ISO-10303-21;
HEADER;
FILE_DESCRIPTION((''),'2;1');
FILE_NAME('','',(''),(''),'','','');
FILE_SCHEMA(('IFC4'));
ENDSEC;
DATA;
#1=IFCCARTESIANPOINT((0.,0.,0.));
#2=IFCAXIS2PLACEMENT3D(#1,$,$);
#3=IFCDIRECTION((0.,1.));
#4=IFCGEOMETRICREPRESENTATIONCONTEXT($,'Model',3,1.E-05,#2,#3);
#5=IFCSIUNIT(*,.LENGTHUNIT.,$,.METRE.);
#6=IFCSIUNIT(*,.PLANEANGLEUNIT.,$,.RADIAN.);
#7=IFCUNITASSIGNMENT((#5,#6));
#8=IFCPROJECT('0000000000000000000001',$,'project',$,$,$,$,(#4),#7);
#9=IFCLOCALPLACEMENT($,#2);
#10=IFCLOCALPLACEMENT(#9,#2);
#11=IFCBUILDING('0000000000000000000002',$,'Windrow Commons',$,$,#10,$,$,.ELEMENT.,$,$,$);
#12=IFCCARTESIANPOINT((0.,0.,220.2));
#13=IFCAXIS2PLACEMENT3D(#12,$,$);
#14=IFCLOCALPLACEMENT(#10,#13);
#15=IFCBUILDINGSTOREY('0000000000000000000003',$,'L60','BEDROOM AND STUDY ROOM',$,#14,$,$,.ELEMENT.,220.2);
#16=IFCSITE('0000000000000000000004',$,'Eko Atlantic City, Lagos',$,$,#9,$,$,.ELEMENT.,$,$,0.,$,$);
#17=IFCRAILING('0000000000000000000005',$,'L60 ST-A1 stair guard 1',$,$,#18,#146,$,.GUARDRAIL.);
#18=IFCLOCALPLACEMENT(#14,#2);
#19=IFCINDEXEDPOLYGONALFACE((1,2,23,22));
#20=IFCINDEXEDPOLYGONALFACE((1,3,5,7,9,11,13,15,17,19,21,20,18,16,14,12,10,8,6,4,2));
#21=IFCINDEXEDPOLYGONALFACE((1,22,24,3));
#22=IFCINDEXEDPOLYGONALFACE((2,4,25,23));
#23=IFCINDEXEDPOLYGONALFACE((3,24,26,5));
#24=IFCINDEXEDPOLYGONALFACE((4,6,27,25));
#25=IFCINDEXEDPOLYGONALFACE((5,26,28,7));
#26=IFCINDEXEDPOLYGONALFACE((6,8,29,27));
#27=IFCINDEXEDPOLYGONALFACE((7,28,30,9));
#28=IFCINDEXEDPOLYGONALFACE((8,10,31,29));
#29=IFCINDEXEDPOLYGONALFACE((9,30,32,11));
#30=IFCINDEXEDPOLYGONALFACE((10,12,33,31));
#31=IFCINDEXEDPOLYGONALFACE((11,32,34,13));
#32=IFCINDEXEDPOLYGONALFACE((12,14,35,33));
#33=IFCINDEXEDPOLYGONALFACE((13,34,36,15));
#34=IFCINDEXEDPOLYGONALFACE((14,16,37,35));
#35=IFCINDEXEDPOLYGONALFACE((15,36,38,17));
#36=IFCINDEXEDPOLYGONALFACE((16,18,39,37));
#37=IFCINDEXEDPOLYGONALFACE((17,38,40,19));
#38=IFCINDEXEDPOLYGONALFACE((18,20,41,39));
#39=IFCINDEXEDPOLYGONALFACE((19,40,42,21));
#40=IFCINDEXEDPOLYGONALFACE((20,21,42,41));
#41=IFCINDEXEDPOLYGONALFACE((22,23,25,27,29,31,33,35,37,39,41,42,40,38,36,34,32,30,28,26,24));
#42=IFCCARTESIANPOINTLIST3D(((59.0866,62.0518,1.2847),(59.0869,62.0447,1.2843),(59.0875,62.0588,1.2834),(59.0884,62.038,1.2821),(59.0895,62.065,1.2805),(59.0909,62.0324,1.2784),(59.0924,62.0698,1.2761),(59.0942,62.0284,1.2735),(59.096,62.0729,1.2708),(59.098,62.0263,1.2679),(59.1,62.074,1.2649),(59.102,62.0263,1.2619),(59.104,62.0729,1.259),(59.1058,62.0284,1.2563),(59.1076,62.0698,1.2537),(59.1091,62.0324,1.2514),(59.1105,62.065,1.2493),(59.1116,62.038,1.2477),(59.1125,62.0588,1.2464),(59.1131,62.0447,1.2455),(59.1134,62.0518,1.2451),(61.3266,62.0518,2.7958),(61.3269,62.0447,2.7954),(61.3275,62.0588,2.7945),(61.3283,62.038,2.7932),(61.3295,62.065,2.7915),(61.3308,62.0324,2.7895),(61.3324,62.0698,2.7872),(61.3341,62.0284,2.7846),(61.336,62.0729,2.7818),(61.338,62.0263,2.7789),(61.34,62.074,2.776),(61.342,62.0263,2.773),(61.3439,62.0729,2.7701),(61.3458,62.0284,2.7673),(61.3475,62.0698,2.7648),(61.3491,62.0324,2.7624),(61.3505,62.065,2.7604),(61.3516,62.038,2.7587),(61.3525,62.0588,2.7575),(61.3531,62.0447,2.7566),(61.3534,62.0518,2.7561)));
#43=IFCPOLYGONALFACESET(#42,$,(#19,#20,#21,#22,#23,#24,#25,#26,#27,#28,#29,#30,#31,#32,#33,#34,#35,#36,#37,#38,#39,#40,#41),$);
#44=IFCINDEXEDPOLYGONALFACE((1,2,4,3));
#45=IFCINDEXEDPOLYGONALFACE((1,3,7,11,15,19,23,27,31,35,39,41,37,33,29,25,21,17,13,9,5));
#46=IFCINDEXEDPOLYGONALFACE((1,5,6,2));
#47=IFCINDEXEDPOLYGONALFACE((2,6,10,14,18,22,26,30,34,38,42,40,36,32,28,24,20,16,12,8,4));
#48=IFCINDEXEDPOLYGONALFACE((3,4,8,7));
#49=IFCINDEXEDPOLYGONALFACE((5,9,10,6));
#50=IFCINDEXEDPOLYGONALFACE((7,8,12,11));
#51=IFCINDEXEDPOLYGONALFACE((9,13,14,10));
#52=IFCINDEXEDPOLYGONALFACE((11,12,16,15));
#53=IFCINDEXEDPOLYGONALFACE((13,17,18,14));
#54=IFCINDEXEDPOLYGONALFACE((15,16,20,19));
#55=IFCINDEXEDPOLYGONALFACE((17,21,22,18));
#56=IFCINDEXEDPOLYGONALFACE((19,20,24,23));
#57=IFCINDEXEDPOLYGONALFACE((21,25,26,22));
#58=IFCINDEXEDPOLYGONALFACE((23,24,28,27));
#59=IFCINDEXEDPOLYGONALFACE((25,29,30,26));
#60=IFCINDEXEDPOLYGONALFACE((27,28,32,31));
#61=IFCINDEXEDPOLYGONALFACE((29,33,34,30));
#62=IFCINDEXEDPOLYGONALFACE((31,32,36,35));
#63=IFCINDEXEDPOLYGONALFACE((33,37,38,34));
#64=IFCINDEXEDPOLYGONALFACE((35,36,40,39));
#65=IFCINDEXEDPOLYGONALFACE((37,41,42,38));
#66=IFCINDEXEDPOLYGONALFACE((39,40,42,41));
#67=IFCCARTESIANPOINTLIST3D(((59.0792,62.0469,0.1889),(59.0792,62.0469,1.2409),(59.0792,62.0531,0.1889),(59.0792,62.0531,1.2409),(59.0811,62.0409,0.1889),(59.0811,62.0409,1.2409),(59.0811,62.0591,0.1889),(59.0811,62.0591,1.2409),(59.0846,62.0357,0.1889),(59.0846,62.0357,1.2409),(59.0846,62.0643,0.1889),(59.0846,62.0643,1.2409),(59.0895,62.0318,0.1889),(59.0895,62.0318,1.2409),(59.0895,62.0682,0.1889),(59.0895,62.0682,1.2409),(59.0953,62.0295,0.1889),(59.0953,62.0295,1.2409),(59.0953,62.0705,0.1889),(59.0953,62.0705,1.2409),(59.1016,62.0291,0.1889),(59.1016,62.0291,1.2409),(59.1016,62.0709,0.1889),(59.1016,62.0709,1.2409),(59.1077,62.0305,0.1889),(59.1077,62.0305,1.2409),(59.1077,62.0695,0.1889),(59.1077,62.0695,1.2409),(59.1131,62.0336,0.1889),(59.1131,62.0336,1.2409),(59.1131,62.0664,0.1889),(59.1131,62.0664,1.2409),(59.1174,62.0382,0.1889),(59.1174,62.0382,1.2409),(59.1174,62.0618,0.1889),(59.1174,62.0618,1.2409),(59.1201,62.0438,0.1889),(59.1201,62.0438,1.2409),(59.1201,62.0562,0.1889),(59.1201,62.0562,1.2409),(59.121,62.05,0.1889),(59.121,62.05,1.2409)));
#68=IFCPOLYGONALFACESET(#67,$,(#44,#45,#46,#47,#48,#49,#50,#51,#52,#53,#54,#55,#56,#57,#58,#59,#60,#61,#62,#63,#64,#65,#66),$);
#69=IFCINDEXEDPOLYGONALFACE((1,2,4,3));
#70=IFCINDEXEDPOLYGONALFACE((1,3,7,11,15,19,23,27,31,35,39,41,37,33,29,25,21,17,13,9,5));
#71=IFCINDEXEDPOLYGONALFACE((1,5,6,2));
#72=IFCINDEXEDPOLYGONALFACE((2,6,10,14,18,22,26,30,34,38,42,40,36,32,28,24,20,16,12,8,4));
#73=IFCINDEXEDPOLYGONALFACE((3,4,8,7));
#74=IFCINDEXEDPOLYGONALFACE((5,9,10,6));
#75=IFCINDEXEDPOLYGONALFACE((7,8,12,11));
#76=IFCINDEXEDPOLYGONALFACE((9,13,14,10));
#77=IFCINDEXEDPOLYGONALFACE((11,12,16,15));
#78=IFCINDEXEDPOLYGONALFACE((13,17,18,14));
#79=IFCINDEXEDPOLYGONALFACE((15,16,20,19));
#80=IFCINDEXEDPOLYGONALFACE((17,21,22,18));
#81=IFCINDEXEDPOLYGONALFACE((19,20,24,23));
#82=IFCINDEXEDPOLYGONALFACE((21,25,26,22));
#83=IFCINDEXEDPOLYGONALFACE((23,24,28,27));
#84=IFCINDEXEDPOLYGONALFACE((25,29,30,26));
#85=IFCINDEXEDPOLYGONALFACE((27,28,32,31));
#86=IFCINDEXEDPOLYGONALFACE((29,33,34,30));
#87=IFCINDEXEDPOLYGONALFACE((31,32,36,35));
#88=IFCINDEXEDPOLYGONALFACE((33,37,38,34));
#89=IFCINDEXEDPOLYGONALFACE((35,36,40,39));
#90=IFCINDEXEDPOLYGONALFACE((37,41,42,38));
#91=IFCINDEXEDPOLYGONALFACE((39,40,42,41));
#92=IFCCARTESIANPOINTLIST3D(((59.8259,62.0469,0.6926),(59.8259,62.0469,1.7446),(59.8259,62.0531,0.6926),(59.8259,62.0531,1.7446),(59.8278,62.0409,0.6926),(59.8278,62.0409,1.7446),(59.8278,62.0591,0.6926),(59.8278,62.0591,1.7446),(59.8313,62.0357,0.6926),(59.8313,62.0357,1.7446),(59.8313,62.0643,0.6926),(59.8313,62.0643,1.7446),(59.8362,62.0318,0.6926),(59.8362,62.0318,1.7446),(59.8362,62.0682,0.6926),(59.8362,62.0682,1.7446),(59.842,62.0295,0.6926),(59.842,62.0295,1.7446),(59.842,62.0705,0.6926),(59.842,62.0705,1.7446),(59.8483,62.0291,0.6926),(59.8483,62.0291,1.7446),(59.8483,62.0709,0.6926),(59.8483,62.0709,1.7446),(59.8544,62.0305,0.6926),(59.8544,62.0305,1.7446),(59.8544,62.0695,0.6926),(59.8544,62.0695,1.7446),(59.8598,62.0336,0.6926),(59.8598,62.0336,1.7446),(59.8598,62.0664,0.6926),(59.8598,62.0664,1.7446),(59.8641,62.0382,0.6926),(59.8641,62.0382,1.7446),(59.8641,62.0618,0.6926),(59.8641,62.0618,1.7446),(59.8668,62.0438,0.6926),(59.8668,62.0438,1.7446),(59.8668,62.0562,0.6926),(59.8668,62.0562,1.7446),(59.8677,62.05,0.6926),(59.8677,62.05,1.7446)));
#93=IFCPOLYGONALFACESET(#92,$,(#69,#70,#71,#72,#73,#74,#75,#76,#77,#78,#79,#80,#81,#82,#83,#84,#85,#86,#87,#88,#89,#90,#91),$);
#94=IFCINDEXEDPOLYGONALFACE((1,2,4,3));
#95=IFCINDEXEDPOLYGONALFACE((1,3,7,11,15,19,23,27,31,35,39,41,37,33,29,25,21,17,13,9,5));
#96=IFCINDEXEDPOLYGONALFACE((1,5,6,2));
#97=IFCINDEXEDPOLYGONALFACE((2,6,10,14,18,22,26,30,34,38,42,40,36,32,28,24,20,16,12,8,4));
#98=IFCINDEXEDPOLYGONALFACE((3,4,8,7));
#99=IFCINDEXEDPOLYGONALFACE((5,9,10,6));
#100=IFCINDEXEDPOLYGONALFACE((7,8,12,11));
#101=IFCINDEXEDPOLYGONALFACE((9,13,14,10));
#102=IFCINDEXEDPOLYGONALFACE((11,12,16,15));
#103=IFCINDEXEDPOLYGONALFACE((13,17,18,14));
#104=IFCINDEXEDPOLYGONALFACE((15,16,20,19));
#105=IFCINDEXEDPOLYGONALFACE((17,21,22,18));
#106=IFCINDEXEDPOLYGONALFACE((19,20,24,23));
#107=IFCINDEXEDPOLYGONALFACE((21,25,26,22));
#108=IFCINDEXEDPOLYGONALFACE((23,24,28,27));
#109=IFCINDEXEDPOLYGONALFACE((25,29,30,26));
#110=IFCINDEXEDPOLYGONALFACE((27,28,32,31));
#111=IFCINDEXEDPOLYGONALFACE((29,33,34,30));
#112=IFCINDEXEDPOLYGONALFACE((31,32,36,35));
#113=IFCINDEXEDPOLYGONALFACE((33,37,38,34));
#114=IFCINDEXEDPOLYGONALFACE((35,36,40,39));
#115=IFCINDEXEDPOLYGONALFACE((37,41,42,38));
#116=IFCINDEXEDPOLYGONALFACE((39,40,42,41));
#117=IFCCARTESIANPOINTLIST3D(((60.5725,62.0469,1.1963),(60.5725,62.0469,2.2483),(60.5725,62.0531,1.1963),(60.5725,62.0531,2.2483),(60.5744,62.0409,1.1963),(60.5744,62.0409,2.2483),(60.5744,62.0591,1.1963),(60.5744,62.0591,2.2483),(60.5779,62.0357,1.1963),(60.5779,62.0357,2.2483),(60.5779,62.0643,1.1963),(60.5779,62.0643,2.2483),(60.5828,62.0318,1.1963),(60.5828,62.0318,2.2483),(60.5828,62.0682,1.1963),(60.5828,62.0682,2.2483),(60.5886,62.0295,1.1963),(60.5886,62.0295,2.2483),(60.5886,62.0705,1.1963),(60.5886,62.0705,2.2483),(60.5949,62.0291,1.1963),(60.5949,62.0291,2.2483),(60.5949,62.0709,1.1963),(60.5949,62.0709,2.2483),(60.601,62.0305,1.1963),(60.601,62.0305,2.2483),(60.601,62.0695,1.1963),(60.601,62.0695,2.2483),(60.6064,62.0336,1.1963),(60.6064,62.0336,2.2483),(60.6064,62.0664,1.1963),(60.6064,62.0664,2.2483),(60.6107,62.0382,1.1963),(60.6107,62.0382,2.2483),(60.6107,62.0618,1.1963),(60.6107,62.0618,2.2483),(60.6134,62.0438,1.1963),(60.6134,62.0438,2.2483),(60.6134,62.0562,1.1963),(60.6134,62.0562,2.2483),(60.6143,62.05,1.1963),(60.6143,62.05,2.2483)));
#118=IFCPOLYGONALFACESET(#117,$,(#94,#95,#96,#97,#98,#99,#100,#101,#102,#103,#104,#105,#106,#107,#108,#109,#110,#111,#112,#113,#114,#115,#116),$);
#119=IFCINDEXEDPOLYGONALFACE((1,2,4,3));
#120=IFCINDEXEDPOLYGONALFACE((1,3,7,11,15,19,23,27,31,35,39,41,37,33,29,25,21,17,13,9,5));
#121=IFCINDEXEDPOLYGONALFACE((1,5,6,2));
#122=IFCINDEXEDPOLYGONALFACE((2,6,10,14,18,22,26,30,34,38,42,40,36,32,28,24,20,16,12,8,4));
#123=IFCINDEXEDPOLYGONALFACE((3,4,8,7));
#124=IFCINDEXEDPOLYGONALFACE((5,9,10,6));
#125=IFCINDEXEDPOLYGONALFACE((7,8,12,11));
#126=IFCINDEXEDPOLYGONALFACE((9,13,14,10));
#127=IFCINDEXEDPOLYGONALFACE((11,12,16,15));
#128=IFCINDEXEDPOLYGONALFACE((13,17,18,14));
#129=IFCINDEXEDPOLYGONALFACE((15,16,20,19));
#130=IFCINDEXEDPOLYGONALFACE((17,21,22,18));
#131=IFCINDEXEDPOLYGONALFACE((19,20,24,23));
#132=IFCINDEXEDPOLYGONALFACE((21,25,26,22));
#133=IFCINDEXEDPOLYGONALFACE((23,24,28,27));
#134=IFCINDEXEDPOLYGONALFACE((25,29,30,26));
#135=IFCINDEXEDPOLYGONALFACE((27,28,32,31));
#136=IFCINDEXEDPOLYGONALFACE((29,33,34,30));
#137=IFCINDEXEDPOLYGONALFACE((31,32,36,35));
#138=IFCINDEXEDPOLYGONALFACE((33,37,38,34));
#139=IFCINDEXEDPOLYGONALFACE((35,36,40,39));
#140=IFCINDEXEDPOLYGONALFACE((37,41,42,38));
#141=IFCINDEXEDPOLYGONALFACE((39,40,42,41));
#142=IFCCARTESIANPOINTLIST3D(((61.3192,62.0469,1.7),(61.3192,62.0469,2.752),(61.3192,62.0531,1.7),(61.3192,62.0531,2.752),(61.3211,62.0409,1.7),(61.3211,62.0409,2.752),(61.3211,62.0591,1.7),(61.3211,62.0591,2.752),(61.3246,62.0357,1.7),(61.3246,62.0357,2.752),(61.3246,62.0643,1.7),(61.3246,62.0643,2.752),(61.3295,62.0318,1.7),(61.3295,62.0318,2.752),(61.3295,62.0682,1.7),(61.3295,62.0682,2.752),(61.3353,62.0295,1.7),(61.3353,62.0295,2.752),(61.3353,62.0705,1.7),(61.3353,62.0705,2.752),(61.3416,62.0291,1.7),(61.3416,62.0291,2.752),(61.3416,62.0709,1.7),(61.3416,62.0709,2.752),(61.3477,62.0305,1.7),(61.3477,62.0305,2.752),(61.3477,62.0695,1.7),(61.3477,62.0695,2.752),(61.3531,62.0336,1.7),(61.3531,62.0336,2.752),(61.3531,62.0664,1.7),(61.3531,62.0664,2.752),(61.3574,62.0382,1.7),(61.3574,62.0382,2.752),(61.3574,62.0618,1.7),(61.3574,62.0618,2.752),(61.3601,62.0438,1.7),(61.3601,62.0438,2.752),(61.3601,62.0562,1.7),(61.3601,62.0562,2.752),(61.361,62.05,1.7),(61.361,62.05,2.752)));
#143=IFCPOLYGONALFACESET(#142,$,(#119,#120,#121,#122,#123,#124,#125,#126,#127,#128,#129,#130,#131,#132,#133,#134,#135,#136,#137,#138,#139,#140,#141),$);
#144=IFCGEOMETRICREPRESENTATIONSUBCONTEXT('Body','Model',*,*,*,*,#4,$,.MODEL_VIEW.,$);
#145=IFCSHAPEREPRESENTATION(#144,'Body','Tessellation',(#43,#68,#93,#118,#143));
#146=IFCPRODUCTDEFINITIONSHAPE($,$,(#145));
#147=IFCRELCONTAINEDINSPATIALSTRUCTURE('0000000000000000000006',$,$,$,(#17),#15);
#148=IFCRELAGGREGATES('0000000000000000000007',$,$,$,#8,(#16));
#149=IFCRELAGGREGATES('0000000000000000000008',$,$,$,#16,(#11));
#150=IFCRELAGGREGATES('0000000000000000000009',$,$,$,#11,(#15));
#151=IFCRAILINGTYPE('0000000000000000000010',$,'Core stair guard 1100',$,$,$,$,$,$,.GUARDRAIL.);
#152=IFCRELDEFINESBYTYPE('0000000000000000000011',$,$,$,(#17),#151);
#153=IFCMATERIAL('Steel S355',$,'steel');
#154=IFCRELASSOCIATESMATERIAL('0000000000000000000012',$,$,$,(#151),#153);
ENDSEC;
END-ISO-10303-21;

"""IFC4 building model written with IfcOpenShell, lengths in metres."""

from ifc_helpers import new_model, si_unit, direction, frame, origin, origin_2d, place, context, subcontext, project, spatial, circle, extrude, material, type_object, element, save


model = new_model("IFC4")

# Units and contexts
model_context = context("Model", 3, precision=1e-05, world=origin(), true_north=direction((0.0, 1.0)))
body_context = subcontext(model_context, "Body", "Model", "MODEL_VIEW")
ifc_project = project(units=[si_unit("LENGTHUNIT", "METRE"), si_unit("PLANEANGLEUNIT", "RADIAN")], contexts=[model_context])

# Site, building, storey
site_placement = place(None, origin())
site = spatial("IfcSite", under=ifc_project, at=site_placement, Name="Eko Atlantic City, Lagos", CompositionType="ELEMENT", RefElevation=0.0)
building_placement = place(site_placement, origin())
building = spatial("IfcBuilding", under=site, at=building_placement, Name="Windrow Commons", CompositionType="ELEMENT")
storey_placement = place(building_placement, frame((0.0, 0.0, 220.2)))
storey = spatial("IfcBuildingStorey", under=building, at=storey_placement, Name="L60", Description="BEDROOM AND STUDY ROOM", CompositionType="ELEMENT", Elevation=220.2)

# Railing
ifc_material_1 = material(Name="Steel S355", Category="steel")
railing_type_1 = type_object("IfcRailingType", Name="Core stair guard 1100", PredefinedType="GUARDRAIL", material=ifc_material_1)
railing_1_placement = place(storey_placement, frame((59.1, 62.05, 0.1889)))
element("IfcRailing", 1, at=railing_1_placement, inside=storey, type_object=railing_type_1, Name="L60 ST-A1 stair guard 1", PredefinedType="GUARDRAIL", context=body_context, shape_type="SweptSolid", body=[
    extrude(circle(Radius=0.024, at=origin_2d()), frame((0.0, 0.0, 1.076), z_axis=(0.829003, 0.0, 0.559244), x_axis=(0.0, 1.0, 0.0)), (0.0, 0.0, 1.0), 2.702),
    extrude(circle(Radius=0.021, at=origin_2d()), origin(), (0.0, 0.0, 1.0), 1.052),
    extrude(circle(Radius=0.021, at=origin_2d()), frame((0.7467, 0.0, 0.5037)), (0.0, 0.0, 1.0), 1.052),
    extrude(circle(Radius=0.021, at=origin_2d()), frame((1.4933, 0.0, 1.0074)), (0.0, 0.0, 1.0), 1.052),
    extrude(circle(Radius=0.021, at=origin_2d()), frame((2.24, 0.0, 1.5111)), (0.0, 0.0, 1.0), 1.052),
])

save(model, "model.ifc")
